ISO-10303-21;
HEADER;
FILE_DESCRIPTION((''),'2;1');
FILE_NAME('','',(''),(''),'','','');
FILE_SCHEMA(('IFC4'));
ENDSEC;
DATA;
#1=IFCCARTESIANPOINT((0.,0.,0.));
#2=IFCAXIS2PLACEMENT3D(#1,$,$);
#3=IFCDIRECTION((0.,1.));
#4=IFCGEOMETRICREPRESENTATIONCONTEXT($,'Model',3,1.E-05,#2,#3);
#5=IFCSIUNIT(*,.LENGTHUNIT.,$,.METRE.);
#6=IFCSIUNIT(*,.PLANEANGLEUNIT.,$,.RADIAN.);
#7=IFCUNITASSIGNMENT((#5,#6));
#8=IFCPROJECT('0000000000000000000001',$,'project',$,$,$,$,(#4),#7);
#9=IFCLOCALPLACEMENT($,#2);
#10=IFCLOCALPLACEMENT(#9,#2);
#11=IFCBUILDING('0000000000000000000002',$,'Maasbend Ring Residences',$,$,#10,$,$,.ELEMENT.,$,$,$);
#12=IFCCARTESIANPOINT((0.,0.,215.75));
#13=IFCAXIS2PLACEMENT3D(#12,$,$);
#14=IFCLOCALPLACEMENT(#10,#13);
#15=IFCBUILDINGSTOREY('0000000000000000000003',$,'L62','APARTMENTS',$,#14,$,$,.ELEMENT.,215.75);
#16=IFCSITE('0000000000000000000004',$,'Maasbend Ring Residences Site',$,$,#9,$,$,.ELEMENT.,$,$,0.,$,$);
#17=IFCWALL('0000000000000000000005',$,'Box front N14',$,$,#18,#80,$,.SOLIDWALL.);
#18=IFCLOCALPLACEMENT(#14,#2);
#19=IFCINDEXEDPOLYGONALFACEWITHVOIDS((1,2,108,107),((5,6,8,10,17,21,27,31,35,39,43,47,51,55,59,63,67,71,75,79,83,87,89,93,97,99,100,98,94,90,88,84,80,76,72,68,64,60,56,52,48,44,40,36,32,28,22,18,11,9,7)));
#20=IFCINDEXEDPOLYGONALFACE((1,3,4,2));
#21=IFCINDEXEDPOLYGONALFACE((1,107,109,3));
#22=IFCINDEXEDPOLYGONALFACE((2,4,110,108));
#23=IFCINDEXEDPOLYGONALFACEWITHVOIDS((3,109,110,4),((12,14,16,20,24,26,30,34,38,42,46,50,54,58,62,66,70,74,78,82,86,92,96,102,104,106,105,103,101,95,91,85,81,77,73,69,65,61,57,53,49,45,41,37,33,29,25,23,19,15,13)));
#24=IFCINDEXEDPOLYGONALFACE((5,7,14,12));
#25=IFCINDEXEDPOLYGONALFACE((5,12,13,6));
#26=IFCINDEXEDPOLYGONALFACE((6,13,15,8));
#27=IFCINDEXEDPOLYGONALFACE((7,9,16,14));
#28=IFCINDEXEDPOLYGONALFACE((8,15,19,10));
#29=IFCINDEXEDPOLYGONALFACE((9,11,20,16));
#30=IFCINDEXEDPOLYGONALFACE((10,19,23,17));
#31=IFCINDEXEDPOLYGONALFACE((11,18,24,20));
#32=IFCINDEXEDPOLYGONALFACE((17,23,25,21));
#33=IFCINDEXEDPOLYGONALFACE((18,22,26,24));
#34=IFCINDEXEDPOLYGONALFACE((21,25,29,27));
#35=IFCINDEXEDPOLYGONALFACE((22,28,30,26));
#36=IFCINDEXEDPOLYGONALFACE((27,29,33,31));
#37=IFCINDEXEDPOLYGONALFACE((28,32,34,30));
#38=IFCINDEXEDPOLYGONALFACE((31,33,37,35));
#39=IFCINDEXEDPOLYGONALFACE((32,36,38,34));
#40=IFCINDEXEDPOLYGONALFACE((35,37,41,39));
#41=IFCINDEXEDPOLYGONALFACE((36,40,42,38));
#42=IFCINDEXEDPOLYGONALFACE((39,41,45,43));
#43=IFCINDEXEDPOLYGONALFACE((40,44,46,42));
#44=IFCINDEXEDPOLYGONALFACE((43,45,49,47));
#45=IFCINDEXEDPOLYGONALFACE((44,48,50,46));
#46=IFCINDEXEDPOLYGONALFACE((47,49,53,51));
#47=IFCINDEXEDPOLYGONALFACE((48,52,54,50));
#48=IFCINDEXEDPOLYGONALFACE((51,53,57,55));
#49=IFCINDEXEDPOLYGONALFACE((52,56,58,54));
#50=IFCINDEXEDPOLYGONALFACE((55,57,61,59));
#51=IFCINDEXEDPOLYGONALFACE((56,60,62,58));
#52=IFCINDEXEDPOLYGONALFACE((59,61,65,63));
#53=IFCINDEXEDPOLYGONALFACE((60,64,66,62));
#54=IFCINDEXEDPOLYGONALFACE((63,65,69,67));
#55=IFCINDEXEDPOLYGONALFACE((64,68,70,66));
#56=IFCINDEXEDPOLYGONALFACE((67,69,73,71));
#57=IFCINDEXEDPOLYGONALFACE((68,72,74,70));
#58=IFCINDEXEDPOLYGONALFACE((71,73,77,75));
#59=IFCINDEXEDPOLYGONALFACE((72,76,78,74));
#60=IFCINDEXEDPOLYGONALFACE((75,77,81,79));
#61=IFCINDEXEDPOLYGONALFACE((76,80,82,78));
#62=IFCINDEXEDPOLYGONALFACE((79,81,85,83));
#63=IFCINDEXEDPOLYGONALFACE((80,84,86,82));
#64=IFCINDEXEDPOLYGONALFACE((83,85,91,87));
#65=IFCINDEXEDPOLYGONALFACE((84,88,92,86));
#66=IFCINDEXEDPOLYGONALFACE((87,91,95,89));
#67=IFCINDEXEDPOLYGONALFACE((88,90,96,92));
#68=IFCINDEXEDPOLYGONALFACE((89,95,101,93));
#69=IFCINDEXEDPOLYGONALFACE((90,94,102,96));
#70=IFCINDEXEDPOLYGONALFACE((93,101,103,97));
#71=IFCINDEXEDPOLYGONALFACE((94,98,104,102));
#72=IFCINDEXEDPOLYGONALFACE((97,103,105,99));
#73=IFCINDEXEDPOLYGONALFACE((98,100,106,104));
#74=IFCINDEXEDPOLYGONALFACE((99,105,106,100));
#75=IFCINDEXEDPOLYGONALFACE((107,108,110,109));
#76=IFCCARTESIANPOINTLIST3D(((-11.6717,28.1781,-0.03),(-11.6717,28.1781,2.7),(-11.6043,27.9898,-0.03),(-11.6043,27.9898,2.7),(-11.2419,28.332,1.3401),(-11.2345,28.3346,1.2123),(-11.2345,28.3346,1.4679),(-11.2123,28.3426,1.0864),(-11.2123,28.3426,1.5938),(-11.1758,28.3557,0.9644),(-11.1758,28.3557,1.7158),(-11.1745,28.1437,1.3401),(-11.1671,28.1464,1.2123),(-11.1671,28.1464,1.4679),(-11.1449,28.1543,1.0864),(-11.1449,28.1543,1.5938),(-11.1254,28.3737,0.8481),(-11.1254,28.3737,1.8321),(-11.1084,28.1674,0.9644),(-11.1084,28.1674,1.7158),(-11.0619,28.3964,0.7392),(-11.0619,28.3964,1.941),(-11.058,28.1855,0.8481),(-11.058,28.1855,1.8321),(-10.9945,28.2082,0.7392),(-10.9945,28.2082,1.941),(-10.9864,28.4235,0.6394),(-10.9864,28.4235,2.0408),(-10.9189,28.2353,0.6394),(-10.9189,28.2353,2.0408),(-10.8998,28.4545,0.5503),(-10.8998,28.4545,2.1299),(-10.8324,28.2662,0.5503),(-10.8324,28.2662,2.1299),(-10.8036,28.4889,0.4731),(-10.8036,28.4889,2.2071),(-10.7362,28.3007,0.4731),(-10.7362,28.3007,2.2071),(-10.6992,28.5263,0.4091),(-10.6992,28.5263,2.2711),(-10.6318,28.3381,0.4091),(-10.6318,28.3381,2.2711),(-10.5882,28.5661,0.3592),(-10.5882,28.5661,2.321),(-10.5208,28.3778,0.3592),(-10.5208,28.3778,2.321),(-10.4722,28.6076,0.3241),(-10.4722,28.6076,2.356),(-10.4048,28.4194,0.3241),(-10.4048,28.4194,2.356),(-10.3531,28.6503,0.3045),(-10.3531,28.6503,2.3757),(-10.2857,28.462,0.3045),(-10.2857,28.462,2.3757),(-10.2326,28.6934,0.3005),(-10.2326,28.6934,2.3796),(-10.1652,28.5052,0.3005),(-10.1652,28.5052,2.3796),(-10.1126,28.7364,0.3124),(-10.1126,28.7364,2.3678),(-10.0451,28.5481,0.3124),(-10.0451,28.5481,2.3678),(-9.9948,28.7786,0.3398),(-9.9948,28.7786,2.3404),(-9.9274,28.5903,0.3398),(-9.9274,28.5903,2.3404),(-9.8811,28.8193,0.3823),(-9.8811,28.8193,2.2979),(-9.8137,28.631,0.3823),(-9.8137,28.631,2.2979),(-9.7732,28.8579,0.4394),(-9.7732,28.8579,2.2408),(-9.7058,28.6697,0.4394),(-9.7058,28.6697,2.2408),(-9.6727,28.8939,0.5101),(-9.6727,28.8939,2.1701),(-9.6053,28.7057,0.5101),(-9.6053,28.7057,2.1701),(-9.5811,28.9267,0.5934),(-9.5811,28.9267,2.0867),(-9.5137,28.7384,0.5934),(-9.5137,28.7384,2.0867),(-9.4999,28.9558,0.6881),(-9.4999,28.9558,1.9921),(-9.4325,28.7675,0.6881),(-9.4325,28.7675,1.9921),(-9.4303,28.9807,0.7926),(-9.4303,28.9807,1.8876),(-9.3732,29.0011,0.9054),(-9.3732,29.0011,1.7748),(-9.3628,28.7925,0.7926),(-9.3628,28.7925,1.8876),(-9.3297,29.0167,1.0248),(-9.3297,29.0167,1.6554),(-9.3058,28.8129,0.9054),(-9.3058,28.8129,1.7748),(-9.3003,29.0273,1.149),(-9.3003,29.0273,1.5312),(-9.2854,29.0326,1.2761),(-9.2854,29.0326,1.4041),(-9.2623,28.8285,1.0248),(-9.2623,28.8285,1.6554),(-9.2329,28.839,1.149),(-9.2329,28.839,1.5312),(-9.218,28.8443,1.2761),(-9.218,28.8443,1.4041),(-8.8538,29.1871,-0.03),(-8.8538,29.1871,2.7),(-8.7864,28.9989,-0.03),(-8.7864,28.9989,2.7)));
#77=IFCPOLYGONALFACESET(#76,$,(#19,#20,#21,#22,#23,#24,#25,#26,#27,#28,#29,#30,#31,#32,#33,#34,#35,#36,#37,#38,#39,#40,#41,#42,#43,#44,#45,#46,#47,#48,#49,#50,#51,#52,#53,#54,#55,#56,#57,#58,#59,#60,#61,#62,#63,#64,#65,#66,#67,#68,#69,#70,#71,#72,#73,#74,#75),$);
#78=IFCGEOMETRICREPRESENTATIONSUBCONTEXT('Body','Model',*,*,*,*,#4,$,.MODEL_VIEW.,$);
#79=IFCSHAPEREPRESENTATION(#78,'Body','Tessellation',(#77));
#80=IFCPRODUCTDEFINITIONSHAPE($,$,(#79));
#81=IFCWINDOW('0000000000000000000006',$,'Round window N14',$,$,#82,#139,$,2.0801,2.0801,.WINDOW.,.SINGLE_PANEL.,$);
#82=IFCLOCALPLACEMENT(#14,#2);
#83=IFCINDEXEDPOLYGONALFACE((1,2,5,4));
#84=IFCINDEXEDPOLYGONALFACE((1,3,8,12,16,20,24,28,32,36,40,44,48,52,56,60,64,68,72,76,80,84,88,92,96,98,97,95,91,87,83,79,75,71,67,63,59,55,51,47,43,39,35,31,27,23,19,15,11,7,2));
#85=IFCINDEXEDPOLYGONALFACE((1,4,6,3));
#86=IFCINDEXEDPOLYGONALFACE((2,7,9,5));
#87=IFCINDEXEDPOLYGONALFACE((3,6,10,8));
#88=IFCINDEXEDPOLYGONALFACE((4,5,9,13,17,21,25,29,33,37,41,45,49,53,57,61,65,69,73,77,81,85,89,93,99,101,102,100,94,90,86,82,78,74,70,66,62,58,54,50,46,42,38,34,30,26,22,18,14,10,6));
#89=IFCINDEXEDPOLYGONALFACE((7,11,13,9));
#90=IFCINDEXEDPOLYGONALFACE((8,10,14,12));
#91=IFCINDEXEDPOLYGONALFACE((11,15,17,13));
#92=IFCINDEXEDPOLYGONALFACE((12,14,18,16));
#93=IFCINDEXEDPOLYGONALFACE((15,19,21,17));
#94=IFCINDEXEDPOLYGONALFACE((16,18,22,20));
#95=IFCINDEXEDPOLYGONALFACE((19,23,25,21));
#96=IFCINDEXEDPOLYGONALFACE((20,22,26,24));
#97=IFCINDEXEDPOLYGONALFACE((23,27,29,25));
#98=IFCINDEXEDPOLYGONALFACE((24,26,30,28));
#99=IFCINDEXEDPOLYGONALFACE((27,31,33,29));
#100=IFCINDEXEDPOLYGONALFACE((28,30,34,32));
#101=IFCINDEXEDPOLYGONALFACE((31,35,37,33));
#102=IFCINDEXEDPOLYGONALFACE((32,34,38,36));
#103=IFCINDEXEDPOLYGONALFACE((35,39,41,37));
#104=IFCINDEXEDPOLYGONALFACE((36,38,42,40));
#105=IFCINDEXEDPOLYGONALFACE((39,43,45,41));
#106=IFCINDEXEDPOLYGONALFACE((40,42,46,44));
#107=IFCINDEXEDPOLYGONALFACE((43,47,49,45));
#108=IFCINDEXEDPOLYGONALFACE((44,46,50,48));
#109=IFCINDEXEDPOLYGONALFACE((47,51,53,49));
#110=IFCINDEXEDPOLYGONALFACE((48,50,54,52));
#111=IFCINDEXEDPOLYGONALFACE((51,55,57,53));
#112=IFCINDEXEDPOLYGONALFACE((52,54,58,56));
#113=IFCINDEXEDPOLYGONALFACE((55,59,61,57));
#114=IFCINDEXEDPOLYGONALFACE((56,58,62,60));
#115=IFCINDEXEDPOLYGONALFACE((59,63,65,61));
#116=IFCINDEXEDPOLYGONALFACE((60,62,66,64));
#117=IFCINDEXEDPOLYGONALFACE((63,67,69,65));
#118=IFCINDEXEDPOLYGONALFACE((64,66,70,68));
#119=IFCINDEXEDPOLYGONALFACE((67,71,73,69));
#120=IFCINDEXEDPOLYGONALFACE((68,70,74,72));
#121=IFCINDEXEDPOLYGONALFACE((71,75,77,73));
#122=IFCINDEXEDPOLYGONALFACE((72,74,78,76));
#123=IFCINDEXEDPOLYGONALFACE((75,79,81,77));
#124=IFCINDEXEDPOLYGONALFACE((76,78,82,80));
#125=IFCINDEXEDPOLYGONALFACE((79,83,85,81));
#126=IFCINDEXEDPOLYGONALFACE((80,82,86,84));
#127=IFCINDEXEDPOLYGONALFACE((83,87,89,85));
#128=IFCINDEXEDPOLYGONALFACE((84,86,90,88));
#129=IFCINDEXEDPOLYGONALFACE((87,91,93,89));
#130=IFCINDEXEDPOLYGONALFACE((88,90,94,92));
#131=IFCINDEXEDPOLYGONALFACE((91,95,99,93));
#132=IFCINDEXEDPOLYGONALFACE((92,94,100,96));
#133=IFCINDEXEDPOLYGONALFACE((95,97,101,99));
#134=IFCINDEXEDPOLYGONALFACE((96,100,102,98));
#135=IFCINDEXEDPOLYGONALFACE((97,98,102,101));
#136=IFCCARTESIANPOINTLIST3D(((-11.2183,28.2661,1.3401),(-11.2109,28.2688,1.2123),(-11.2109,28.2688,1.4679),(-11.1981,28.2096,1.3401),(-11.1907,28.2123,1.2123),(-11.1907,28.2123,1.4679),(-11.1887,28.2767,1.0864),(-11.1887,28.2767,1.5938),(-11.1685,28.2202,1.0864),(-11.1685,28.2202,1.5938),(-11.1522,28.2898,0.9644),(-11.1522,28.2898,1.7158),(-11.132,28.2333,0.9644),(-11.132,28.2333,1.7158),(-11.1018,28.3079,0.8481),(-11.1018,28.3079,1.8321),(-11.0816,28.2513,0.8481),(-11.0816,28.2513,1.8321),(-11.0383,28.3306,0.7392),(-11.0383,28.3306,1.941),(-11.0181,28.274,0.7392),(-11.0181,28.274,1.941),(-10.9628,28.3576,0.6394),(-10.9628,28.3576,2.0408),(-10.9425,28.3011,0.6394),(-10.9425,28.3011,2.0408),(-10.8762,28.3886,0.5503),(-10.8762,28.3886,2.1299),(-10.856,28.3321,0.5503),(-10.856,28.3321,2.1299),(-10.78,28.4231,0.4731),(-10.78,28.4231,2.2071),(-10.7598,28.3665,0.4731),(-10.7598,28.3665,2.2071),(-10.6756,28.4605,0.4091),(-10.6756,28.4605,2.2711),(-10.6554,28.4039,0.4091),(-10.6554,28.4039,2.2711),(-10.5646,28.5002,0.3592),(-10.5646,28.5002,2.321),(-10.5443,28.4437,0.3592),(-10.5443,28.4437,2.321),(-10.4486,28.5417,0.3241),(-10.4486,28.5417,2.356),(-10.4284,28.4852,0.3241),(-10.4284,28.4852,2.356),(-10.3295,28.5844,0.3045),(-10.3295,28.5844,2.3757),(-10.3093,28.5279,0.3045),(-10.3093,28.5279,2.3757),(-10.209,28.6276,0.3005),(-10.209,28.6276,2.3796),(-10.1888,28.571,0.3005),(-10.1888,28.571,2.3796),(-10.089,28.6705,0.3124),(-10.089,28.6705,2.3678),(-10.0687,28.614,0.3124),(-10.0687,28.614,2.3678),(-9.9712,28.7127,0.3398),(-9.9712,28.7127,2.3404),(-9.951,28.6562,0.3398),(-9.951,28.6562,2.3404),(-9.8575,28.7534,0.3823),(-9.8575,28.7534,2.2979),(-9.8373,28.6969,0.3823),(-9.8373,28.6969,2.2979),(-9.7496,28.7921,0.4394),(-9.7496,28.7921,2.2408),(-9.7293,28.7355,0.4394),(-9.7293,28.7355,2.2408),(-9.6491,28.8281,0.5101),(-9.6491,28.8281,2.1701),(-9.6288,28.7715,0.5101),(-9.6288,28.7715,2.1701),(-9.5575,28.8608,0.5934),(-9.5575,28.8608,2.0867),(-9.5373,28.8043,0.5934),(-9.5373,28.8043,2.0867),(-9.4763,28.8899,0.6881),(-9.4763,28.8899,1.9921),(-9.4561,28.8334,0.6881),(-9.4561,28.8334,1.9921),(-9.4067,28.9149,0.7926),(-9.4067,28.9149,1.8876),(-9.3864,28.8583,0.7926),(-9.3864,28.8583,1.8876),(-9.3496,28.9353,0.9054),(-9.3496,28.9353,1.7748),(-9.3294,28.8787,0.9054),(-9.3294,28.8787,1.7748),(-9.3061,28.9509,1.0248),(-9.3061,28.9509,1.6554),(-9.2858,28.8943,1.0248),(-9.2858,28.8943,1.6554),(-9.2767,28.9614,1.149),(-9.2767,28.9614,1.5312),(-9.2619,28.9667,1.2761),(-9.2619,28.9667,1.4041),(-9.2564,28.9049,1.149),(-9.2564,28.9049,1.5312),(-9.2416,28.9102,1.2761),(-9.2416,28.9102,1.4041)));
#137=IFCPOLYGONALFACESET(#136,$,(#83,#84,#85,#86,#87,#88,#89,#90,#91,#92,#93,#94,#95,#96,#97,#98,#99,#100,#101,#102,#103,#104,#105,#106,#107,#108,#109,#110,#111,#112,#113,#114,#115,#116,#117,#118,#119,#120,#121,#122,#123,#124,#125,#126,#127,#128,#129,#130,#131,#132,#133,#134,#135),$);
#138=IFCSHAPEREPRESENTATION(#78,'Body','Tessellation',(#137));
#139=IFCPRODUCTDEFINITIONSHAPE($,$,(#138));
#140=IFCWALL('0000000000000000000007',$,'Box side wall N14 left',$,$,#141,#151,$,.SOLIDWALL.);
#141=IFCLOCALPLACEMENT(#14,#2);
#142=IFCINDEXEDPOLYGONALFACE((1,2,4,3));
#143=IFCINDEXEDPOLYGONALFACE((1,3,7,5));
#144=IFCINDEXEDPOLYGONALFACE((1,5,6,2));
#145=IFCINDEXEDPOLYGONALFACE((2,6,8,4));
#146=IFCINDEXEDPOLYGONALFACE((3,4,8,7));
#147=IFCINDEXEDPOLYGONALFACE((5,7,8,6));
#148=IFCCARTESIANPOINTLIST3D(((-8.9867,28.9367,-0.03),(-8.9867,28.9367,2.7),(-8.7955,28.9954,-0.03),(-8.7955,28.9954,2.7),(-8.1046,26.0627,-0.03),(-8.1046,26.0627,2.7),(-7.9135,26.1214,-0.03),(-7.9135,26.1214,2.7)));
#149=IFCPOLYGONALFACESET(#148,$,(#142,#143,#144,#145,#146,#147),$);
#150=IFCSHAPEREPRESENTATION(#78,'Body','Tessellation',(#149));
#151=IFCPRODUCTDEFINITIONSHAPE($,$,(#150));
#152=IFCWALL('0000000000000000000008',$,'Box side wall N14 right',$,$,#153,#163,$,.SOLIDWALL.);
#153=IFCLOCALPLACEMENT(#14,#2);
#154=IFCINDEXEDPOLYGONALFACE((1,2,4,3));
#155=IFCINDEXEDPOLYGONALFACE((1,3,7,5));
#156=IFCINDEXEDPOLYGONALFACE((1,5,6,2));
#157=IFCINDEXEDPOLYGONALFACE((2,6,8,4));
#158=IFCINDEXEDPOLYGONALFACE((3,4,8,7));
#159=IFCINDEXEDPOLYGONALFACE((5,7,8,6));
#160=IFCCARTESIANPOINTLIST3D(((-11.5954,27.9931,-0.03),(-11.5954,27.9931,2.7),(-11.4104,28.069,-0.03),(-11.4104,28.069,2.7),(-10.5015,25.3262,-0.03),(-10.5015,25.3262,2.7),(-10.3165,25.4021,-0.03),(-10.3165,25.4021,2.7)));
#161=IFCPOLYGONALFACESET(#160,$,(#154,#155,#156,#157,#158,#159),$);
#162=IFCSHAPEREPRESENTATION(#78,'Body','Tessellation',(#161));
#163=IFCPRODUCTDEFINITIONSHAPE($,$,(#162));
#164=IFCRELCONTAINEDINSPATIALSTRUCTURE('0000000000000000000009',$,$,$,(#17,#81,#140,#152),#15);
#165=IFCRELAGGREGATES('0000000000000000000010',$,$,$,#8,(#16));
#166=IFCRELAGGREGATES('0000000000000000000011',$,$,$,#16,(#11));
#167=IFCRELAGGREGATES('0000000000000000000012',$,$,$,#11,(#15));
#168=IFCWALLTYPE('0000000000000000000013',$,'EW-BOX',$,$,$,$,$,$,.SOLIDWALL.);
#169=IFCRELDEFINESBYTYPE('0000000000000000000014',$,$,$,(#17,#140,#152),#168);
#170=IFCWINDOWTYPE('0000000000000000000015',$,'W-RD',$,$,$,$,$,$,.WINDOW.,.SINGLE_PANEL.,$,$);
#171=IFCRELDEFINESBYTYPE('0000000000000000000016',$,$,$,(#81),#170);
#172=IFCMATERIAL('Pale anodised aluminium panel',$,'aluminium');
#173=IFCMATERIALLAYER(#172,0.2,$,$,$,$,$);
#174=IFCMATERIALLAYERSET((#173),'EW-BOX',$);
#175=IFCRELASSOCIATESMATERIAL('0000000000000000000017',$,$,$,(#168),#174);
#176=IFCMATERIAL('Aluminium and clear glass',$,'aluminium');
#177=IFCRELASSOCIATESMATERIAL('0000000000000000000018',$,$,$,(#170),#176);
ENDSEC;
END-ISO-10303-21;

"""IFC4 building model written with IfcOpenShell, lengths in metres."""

from ifc_helpers import new_model, si_unit, direction, frame, frame_2d, origin, place, context, subcontext, project, spatial, rectangle, circle, extrude, material, layer, layer_set, type_object, element, fill, save


model = new_model("IFC4")

# Units and contexts
model_context = context("Model", 3, precision=1e-05, world=origin(), true_north=direction((0.0, 1.0)))
body_context = subcontext(model_context, "Body", "Model", "MODEL_VIEW")
ifc_project = project(units=[si_unit("LENGTHUNIT", "METRE"), si_unit("PLANEANGLEUNIT", "RADIAN")], contexts=[model_context])

# Site, building, storey
site_placement = place(None, origin())
site = spatial("IfcSite", under=ifc_project, at=site_placement, Name="Maasbend Ring Residences Site", CompositionType="ELEMENT", RefElevation=0.0)
building_placement = place(site_placement, origin())
building = spatial("IfcBuilding", under=site, at=building_placement, Name="Maasbend Ring Residences", CompositionType="ELEMENT")
storey_placement = place(building_placement, frame((0.0, 0.0, 215.75)))
storey = spatial("IfcBuildingStorey", under=building, at=storey_placement, Name="L62", Description="APARTMENTS", CompositionType="ELEMENT", Elevation=215.75)

# Shared definitions
ifc_material_1 = material(Name="Pale anodised aluminium panel", Category="aluminium")
ifc_layer_1 = layer(ifc_material_1, 0.2)
ifc_layer_set_1 = layer_set([ifc_layer_1], Name="EW-BOX")
wall_type_1 = type_object("IfcWallType", Name="EW-BOX", PredefinedType="SOLIDWALL", material=ifc_layer_set_1)
ifc_material_2 = material(Name="Aluminium and clear glass", Category="aluminium")
window_type_1 = type_object("IfcWindowType", Name="W-RD", PartitioningType="SINGLE_PANEL", PredefinedType="WINDOW", material=ifc_material_2)

# Wall, opening, window
wall_1_placement = place(storey_placement, frame((-8.8201, 29.093, -0.03), z_axis=(0.0, 0.0, 1.0), x_axis=(-0.941461, -0.337122, 0.0)))
wall_1 = element("IfcWall", 1, at=wall_1_placement, inside=storey, type_object=wall_type_1, Name="Box front N14", PredefinedType="SOLIDWALL", context=body_context, shape_type="SweptSolid", body=[
    extrude(rectangle(XDim=2.9932, YDim=0.2, at=frame_2d((1.4966, 0.0))), origin(), (0.0, 0.0, 1.0), 2.73),
])
opening_1_placement = place(wall_1_placement, frame((0.4565, 0.0, 0.3301)))
opening_1 = element("IfcOpeningElement", 2, at=opening_1_placement, cuts=wall_1, PredefinedType="OPENING", context=body_context, shape_type="SweptSolid", body=[
    extrude(circle(Radius=1.04, at=frame_2d((1.04, 1.04))), frame((0.0, 0.1099, 0.0), z_axis=(0.0, -1.0, 0.0), x_axis=(1.0, 0.0, 0.0)), (0.0, 0.0, 1.0), 0.22),
])
window_1_placement = place(opening_1_placement, origin())
window_1 = element("IfcWindow", 3, at=window_1_placement, inside=storey, type_object=window_type_1, Name="Round window N14", OverallHeight=2.0801, OverallWidth=2.0801, PartitioningType="SINGLE_PANEL", PredefinedType="WINDOW", context=body_context, shape_type="SweptSolid", body=[
    extrude(circle(Radius=1.04, at=frame_2d((1.04, 1.04))), frame((0.0, 0.03, 0.0), z_axis=(0.0, -1.0, 0.0), x_axis=(1.0, 0.0, 0.0)), (0.0, 0.0, 1.0), 0.0601),
])
fill(opening_1, window_1)

# Walls
wall_2_placement = place(storey_placement, frame((-8.009, 26.092, -0.03), z_axis=(0.0, 0.0, 1.0), x_axis=(-0.293407, 0.955988, 0.0)))
element("IfcWall", 4, at=wall_2_placement, inside=storey, type_object=wall_type_1, Name="Box side wall N14 left", PredefinedType="SOLIDWALL", context=body_context, shape_type="SweptSolid", body=[
    extrude(rectangle(XDim=3.0063, YDim=0.2, at=frame_2d((1.5032, 0.0))), origin(), (0.0, 0.0, 1.0), 2.73),
])
wall_3_placement = place(storey_placement, frame((-10.4089, 25.364, -0.03), z_axis=(0.0, 0.0, 1.0), x_axis=(-0.37951, 0.925188, 0.0)))
element("IfcWall", 5, at=wall_3_placement, inside=storey, type_object=wall_type_1, Name="Box side wall N14 right", PredefinedType="SOLIDWALL", context=body_context, shape_type="SweptSolid", body=[
    extrude(rectangle(XDim=2.8826, YDim=0.2, at=frame_2d((1.4414, 0.0))), origin(), (0.0, 0.0, 1.0), 2.73),
])

save(model, "model.ifc")
